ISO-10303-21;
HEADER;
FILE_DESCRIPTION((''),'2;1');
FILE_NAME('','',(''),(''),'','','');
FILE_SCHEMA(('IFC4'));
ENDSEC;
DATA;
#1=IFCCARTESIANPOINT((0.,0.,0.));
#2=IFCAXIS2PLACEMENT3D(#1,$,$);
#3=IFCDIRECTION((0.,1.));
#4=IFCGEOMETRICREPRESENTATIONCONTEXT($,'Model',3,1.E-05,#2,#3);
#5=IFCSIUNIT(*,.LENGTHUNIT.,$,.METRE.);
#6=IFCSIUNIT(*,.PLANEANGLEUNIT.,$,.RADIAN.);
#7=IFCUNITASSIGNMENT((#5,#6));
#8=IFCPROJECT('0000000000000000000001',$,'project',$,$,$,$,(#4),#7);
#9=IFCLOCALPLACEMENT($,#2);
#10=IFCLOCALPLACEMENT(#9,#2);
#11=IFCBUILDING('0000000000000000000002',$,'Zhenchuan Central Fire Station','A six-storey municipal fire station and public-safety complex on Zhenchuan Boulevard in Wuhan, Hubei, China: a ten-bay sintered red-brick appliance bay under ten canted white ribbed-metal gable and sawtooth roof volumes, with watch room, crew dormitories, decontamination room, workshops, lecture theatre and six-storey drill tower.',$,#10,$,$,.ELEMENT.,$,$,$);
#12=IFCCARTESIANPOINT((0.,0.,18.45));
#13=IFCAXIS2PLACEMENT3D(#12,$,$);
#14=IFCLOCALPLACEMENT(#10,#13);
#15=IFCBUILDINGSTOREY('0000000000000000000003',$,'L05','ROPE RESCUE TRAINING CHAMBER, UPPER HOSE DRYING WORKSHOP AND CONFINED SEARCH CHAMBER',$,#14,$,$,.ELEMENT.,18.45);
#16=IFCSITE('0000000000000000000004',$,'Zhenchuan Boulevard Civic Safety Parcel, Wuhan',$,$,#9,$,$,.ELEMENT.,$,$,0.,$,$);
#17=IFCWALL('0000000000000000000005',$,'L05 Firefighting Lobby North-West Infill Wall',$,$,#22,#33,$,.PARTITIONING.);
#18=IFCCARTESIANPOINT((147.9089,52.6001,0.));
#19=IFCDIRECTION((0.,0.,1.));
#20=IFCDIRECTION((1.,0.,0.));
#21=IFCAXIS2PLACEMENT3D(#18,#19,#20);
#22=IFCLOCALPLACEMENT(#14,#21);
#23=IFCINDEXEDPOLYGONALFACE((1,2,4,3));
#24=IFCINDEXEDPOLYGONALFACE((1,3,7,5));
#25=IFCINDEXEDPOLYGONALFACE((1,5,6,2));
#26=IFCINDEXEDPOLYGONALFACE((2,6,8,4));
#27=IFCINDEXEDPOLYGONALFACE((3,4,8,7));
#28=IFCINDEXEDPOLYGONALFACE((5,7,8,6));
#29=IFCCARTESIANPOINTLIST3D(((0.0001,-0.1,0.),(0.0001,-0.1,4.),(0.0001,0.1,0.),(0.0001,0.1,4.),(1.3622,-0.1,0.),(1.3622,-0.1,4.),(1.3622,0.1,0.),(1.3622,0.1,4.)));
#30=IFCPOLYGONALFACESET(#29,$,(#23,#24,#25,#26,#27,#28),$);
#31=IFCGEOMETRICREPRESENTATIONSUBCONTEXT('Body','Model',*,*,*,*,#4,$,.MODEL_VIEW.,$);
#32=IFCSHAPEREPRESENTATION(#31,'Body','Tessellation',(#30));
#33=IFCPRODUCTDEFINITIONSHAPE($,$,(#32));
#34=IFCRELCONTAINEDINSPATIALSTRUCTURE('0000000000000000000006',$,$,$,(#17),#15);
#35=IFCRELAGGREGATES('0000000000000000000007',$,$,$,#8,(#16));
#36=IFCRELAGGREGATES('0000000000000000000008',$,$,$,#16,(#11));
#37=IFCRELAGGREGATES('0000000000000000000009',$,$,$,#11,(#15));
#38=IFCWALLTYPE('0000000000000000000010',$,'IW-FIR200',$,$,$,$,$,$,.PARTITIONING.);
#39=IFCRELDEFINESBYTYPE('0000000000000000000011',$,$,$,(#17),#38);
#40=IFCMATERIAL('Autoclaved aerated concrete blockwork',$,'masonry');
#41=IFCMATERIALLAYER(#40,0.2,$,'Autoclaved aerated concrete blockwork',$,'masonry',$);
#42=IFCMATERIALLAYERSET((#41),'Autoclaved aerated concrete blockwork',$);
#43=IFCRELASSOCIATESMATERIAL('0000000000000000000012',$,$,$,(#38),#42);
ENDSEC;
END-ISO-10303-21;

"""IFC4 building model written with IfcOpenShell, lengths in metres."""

from ifc_helpers import new_model, si_unit, direction, frame, frame_2d, origin, place, context, subcontext, project, spatial, rectangle, extrude, material, layer, layer_set, type_object, element, save


model = new_model("IFC4")

# Units and contexts
model_context = context("Model", 3, precision=1e-05, world=origin(), true_north=direction((0.0, 1.0)))
body_context = subcontext(model_context, "Body", "Model", "MODEL_VIEW")
ifc_project = project(units=[si_unit("LENGTHUNIT", "METRE"), si_unit("PLANEANGLEUNIT", "RADIAN")], contexts=[model_context])

# Site, building, storey
site_placement = place(None, origin())
site = spatial("IfcSite", under=ifc_project, at=site_placement, Name="Zhenchuan Boulevard Civic Safety Parcel, Wuhan", CompositionType="ELEMENT", RefElevation=0.0)
building_placement = place(site_placement, origin())
building = spatial("IfcBuilding", under=site, at=building_placement, Name="Zhenchuan Central Fire Station", Description="A six-storey municipal fire station and public-safety complex on Zhenchuan Boulevard in Wuhan, Hubei, China: a ten-bay sintered red-brick appliance bay under ten canted white ribbed-metal gable and sawtooth roof volumes, with watch room, crew dormitories, decontamination room, workshops, lecture theatre and six-storey drill tower.", CompositionType="ELEMENT")
storey_placement = place(building_placement, frame((0.0, 0.0, 18.45)))
storey = spatial("IfcBuildingStorey", under=building, at=storey_placement, Name="L05", Description="ROPE RESCUE TRAINING CHAMBER, UPPER HOSE DRYING WORKSHOP AND CONFINED SEARCH CHAMBER", CompositionType="ELEMENT", Elevation=18.45)

# Shared definitions
ifc_material_1 = material(Name="Autoclaved aerated concrete blockwork", Category="masonry")

# Wall
ifc_layer_1 = layer(ifc_material_1, 0.2, Name="Autoclaved aerated concrete blockwork", Category="masonry")
ifc_layer_set_1 = layer_set([ifc_layer_1], Name="Autoclaved aerated concrete blockwork")
wall_type_1 = type_object("IfcWallType", Name="IW-FIR200", PredefinedType="PARTITIONING", material=ifc_layer_set_1)
wall_1_placement = place(storey_placement, frame((147.9089, 52.6001, 0.0), z_axis=(0.0, 0.0, 1.0), x_axis=(1.0, 0.0, 0.0)))
element("IfcWall", 1, at=wall_1_placement, inside=storey, type_object=wall_type_1, Name="L05 Firefighting Lobby North-West Infill Wall", PredefinedType="PARTITIONING", context=body_context, shape_type="SweptSolid", body=[
    extrude(rectangle(XDim=1.3621, YDim=0.2, at=frame_2d((0.6812, 0.0))), origin(), (0.0, 0.0, 1.0), 4.0),
])

save(model, "model.ifc")
